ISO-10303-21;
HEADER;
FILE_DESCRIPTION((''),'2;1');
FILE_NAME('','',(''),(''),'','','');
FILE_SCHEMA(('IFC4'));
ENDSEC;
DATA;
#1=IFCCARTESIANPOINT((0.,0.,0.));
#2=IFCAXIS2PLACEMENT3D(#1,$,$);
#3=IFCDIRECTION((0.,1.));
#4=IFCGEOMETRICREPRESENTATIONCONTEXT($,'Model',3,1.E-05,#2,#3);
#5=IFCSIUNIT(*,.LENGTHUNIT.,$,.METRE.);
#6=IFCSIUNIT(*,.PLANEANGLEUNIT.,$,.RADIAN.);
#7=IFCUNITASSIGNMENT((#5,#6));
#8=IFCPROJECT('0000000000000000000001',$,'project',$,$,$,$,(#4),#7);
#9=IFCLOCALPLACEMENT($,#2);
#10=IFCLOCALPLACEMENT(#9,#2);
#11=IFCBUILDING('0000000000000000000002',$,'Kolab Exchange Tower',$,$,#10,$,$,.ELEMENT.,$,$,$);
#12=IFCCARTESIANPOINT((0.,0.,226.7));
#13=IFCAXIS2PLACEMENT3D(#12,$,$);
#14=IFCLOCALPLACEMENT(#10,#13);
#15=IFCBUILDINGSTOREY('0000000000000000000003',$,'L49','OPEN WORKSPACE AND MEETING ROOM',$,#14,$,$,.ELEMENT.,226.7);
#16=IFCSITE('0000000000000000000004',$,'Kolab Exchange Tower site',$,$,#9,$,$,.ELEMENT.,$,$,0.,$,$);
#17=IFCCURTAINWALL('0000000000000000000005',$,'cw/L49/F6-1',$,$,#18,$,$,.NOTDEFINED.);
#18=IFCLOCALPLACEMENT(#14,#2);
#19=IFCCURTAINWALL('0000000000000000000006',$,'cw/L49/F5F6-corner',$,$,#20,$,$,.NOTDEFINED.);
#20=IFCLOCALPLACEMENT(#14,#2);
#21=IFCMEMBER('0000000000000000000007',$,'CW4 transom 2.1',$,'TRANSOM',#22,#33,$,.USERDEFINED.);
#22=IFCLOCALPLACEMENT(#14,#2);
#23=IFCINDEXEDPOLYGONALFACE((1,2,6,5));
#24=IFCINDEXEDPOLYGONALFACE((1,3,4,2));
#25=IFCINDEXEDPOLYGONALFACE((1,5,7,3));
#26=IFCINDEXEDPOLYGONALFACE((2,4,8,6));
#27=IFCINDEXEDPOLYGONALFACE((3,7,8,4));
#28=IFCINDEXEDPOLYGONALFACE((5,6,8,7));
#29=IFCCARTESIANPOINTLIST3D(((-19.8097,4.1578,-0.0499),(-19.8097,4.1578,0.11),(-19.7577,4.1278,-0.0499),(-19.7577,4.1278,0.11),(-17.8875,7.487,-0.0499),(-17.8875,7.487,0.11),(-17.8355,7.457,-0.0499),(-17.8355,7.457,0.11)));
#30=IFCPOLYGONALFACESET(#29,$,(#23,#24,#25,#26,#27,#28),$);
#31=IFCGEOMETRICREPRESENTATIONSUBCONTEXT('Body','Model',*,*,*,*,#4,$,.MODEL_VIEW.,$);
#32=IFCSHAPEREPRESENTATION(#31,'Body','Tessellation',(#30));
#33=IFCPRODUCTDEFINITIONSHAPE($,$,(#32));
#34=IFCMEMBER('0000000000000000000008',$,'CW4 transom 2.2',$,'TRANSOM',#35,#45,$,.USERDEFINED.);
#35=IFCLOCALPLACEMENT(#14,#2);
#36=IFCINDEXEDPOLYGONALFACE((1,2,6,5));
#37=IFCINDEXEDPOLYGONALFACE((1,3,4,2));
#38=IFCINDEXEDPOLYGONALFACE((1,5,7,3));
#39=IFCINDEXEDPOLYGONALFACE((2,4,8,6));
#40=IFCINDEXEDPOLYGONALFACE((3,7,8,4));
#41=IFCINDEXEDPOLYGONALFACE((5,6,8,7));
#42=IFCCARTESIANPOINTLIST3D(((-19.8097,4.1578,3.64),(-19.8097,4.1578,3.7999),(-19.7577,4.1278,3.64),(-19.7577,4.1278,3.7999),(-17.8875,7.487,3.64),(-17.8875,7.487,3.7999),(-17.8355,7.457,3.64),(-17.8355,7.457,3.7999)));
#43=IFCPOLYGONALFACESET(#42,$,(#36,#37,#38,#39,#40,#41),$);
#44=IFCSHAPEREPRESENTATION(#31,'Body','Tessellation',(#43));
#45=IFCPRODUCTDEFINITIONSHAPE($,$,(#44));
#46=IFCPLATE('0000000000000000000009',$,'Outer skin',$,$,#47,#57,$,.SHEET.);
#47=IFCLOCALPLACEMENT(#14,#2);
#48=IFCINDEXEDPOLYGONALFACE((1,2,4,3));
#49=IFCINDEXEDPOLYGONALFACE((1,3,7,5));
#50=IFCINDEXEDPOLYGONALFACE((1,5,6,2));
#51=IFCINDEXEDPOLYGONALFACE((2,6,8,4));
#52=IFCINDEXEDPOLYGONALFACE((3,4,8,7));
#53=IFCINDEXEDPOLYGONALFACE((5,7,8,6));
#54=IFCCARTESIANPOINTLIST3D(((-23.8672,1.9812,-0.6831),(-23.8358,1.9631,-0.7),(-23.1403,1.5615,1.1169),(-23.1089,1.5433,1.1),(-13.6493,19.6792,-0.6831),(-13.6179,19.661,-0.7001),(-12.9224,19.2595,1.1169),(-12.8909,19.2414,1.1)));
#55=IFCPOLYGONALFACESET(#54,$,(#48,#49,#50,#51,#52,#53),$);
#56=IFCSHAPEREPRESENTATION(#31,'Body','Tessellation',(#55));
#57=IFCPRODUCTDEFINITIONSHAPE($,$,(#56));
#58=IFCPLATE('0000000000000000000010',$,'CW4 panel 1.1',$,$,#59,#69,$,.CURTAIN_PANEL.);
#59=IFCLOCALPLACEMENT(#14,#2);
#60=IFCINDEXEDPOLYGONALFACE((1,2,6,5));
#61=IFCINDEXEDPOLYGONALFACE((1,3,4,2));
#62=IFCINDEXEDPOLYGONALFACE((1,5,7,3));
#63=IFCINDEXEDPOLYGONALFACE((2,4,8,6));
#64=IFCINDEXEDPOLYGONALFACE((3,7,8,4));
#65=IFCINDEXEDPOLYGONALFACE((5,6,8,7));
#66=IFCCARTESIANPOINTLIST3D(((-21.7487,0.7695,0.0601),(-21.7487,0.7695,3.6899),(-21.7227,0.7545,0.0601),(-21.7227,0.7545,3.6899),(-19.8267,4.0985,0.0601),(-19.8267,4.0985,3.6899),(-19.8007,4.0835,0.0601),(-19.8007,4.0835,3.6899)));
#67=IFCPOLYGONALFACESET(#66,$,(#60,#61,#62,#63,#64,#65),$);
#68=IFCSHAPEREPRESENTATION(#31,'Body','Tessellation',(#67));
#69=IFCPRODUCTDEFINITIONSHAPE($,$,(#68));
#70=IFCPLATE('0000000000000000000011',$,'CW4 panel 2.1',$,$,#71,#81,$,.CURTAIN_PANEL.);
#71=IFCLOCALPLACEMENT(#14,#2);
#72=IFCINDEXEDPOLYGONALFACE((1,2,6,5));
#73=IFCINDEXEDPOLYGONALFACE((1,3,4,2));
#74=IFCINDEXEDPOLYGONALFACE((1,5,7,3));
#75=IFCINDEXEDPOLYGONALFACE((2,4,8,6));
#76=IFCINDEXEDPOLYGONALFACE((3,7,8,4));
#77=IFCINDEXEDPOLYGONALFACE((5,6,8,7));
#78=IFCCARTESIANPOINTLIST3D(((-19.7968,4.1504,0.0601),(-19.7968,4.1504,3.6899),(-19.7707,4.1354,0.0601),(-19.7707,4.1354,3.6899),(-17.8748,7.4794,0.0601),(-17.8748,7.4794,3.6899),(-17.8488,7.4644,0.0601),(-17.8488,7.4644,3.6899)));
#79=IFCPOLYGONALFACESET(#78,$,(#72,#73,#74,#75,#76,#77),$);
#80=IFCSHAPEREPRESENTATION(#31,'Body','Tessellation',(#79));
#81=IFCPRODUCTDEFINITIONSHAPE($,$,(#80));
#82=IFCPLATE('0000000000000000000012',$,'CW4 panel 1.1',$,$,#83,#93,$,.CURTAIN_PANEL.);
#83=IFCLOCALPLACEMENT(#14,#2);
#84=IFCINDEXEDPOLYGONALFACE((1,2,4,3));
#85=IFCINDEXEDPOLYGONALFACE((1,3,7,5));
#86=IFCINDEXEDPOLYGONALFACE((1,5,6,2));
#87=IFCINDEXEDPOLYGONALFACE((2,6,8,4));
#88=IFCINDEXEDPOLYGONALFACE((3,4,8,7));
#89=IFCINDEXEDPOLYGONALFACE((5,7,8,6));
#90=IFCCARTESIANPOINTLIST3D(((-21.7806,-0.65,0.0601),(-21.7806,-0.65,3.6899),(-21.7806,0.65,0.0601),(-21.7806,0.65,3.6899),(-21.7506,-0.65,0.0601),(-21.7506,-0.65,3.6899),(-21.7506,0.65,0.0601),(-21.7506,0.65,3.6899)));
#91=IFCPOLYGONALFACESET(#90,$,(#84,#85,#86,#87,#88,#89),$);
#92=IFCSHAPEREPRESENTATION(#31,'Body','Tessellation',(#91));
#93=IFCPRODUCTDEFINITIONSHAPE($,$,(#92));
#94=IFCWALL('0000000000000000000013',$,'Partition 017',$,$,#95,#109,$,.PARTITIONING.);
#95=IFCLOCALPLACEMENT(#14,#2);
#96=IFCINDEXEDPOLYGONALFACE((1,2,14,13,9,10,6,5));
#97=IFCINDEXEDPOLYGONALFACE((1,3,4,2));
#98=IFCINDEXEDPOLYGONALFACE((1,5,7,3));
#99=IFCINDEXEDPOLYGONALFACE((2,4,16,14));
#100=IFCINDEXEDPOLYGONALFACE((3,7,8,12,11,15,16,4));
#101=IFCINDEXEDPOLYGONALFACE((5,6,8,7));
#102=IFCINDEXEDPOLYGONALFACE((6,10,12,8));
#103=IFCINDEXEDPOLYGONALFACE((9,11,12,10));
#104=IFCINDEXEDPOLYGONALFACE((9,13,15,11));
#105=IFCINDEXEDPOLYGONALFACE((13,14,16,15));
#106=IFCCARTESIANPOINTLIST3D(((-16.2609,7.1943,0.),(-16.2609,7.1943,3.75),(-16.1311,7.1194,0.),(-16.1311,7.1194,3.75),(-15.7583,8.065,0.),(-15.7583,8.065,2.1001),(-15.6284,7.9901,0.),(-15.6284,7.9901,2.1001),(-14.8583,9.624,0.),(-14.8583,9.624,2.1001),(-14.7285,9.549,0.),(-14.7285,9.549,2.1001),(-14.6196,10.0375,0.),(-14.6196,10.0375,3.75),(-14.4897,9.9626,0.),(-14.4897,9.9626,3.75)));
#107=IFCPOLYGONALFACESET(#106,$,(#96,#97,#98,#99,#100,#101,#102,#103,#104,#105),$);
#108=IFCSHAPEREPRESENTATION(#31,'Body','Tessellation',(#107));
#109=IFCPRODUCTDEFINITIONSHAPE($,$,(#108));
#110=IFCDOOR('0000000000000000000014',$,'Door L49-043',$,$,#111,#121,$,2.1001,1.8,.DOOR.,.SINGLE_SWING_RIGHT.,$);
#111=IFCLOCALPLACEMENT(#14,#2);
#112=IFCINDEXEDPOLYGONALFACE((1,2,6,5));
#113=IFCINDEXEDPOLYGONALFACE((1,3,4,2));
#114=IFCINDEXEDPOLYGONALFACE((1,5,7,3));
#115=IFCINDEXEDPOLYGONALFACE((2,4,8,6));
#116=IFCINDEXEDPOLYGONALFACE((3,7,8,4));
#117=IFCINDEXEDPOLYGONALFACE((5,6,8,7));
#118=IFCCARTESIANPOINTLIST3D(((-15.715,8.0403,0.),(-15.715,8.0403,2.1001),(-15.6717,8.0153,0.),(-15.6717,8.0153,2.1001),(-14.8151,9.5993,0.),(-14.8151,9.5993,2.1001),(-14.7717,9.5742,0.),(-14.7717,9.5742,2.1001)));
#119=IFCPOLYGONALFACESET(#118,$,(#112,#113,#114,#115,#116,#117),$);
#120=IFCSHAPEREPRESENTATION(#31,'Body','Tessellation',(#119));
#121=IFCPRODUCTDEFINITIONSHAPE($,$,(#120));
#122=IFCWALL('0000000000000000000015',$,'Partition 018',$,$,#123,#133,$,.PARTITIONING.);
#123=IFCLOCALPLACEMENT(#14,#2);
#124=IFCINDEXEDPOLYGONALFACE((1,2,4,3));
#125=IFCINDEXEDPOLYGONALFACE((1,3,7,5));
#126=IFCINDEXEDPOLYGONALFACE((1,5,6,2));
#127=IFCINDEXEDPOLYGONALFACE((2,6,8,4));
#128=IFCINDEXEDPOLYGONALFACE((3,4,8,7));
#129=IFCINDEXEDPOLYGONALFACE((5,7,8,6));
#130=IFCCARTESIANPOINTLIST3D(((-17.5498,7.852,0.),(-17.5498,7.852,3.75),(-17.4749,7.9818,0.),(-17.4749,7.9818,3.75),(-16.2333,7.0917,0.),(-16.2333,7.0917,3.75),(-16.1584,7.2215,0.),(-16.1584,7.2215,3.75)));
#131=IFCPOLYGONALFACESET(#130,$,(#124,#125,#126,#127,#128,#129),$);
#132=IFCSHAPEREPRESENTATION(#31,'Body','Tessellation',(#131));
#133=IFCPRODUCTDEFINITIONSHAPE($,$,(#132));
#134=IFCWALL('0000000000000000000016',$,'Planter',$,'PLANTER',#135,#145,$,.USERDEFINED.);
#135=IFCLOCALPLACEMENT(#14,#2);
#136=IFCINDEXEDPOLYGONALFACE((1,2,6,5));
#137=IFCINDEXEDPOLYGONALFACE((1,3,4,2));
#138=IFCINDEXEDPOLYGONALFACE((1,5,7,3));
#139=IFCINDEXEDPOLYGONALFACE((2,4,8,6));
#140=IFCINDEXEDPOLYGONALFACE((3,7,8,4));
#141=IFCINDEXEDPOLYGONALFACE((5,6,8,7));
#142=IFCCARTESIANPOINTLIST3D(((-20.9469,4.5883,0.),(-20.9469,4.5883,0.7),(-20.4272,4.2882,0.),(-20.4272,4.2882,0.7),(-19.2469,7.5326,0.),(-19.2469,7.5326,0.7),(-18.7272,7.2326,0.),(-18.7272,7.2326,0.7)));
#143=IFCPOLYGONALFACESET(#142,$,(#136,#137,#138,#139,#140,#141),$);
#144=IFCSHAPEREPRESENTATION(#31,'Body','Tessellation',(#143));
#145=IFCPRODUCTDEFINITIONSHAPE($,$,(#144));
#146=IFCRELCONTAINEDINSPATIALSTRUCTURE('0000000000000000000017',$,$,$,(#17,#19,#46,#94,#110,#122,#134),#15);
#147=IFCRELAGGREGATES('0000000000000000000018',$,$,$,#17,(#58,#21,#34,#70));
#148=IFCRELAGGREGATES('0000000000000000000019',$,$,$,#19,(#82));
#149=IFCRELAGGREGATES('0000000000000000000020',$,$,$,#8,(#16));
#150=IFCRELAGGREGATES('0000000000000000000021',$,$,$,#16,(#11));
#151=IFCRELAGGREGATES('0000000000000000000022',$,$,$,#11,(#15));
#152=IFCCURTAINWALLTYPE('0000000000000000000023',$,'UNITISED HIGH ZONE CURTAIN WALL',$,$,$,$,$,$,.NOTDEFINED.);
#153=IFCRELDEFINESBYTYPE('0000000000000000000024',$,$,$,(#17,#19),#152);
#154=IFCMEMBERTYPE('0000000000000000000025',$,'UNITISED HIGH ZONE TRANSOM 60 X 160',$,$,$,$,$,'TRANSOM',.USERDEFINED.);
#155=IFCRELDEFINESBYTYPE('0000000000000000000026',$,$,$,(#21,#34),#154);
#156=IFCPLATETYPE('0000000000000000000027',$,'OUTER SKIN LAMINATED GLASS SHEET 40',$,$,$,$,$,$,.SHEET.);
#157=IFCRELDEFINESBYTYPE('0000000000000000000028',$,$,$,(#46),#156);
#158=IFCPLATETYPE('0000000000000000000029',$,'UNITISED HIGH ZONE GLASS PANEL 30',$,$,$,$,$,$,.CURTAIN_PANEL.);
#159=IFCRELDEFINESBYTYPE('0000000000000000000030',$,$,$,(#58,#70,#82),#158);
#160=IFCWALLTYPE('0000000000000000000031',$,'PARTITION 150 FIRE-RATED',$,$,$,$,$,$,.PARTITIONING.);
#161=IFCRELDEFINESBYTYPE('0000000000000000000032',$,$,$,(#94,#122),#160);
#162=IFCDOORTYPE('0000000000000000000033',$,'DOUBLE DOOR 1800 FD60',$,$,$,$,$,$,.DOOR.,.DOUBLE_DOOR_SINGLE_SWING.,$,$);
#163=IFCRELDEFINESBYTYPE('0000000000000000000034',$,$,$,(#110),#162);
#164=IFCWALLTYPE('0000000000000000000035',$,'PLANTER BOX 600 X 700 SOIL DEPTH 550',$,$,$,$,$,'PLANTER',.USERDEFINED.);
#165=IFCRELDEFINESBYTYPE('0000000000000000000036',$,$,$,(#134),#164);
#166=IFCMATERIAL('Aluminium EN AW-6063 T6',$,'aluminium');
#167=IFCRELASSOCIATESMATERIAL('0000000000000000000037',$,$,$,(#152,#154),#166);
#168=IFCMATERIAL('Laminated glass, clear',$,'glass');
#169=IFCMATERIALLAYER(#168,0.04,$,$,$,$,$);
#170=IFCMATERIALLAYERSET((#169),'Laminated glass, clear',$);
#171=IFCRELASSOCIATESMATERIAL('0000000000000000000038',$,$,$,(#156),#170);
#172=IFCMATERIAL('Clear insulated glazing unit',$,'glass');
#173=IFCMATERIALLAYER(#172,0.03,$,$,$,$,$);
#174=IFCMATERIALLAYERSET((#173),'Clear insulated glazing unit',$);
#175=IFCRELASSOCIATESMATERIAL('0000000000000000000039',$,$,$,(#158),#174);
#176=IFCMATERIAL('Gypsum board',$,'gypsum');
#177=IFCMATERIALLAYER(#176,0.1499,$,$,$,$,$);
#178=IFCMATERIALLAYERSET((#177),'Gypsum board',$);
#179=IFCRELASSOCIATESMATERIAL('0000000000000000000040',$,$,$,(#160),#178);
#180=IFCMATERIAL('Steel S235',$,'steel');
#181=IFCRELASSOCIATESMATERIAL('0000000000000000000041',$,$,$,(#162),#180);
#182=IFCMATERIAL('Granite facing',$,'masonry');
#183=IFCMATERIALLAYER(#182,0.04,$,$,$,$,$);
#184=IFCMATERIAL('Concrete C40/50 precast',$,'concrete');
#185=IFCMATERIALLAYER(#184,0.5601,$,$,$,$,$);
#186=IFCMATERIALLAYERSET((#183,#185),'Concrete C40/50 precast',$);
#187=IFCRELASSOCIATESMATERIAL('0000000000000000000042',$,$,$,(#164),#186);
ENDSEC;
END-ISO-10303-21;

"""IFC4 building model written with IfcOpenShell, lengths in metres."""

from ifc_helpers import new_model, si_unit, direction, frame, frame_2d, origin, origin_2d, place, context, subcontext, project, spatial, polyline, rectangle, outline, extrude, material, layer, layer_set, material_profile, profile_set, type_object, element, fill, aggregate, save


model = new_model("IFC4")

# Units and contexts
model_context = context("Model", 3, precision=1e-05, world=origin(), true_north=direction((0.0, 1.0)))
body_context = subcontext(model_context, "Body", "Model", "MODEL_VIEW")
ifc_project = project(units=[si_unit("LENGTHUNIT", "METRE"), si_unit("PLANEANGLEUNIT", "RADIAN")], contexts=[model_context])

# Site, building, storey
site_placement = place(None, origin())
site = spatial("IfcSite", under=ifc_project, at=site_placement, Name="Kolab Exchange Tower site", CompositionType="ELEMENT", RefElevation=0.0)
building_placement = place(site_placement, origin())
building = spatial("IfcBuilding", under=site, at=building_placement, Name="Kolab Exchange Tower", CompositionType="ELEMENT")
storey_placement = place(building_placement, frame((0.0, 0.0, 226.7)))
storey = spatial("IfcBuildingStorey", under=building, at=storey_placement, Name="L49", Description="OPEN WORKSPACE AND MEETING ROOM", CompositionType="ELEMENT", Elevation=226.7)

# Curtain wall
ifc_material_1 = material(Name="Aluminium EN AW-6063 T6", Category="aluminium")
curtain_wall_type = type_object("IfcCurtainWallType", Name="UNITISED HIGH ZONE CURTAIN WALL", PredefinedType="NOTDEFINED", material=ifc_material_1)
curtain_wall_1_placement = place(storey_placement, origin())
curtain_wall_1 = element("IfcCurtainWall", 1, at=curtain_wall_1_placement, inside=storey, type_object=curtain_wall_type, Name="cw/L49/F6-1", PredefinedType="NOTDEFINED")

# Curtain wall
curtain_wall_2_placement = place(storey_placement, origin())
curtain_wall_2 = element("IfcCurtainWall", 2, at=curtain_wall_2_placement, inside=storey, type_object=curtain_wall_type, Name="cw/L49/F5F6-corner", PredefinedType="NOTDEFINED")

# Members
ifc_material_profile_1 = material_profile(ifc_material_1, rectangle(XDim=0.0601, YDim=0.1599, at=origin_2d()), Name="RECT 60X160")
ifc_profile_set_1 = profile_set([ifc_material_profile_1], Name="Aluminium EN AW-6063 T6")
member_type_1 = type_object("IfcMemberType", Name="UNITISED HIGH ZONE TRANSOM 60 X 160", ElementType="TRANSOM", PredefinedType="USERDEFINED", material=ifc_profile_set_1)
member_1_placement = place(storey_placement, frame((-19.7837, 4.1428, 0.03), z_axis=(0.500012, 0.866018, 0.0), x_axis=(-0.866018, 0.500012, 0.0)))
member_1 = element("IfcMember", 3, at=member_1_placement, type_object=member_type_1, Name="CW4 transom 2.1", ObjectType="TRANSOM", PredefinedType="USERDEFINED", context=body_context, shape_type="SweptSolid", body=[
    extrude(rectangle(XDim=0.0601, YDim=0.1599, at=origin_2d()), origin(), (0.0, 0.0, 1.0), 3.8442),
])
member_2_placement = place(storey_placement, frame((-19.7837, 4.1428, 3.72), z_axis=(0.500012, 0.866018, 0.0), x_axis=(-0.866018, 0.500012, 0.0)))
member_2 = element("IfcMember", 4, at=member_2_placement, type_object=member_type_1, Name="CW4 transom 2.2", ObjectType="TRANSOM", PredefinedType="USERDEFINED", context=body_context, shape_type="SweptSolid", body=[
    extrude(rectangle(XDim=0.0601, YDim=0.1599, at=origin_2d()), origin(), (0.0, 0.0, 1.0), 3.8442),
])

# Plates
ifc_material_2 = material(Name="Laminated glass, clear", Category="glass")
ifc_layer_1 = layer(ifc_material_2, 0.04)
ifc_layer_set_1 = layer_set([ifc_layer_1], Name="Laminated glass, clear")
plate_type_1 = type_object("IfcPlateType", Name="OUTER SKIN LAMINATED GLASS SHEET 40", PredefinedType="SHEET", material=ifc_layer_set_1)
plate_1_placement = place(storey_placement, frame((-23.8672, 1.9812, -0.6831), z_axis=(-0.784886, 0.453152, 0.422619), x_axis=(0.499997, 0.866027, -0.000002)))
element("IfcPlate", 5, at=plate_1_placement, inside=storey, type_object=plate_type_1, Name="Outer skin", PredefinedType="SHEET", context=body_context, shape_type="SweptSolid", body=[
    extrude(outline(polyline([(0.0, 0.0), (20.4358, 0.0), (20.4359, -1.9862), (-0.0001, -1.9861), (0.0, 0.0)])), origin(), (0.0, 0.0, -1.0), 0.04),
])
ifc_material_3 = material(Name="Clear insulated glazing unit", Category="glass")
ifc_layer_2 = layer(ifc_material_3, 0.03)
ifc_layer_set_2 = layer_set([ifc_layer_2], Name="Clear insulated glazing unit")
plate_type_2 = type_object("IfcPlateType", Name="UNITISED HIGH ZONE GLASS PANEL 30", PredefinedType="CURTAIN_PANEL", material=ifc_layer_set_2)
plate_2_placement = place(storey_placement, frame((-20.7747, 2.4265, 0.0601), z_axis=(0.0, 0.0, 1.0), x_axis=(0.5, 0.866025, 0.0)))
plate_2 = element("IfcPlate", 6, at=plate_2_placement, type_object=plate_type_2, Name="CW4 panel 1.1", PredefinedType="CURTAIN_PANEL", context=body_context, shape_type="SweptSolid", body=[
    extrude(rectangle(XDim=3.844, YDim=0.03, at=origin_2d()), origin(), (0.0, 0.0, 1.0), 3.6299),
])
plate_3_placement = place(storey_placement, frame((-18.8228, 5.8074, 0.0601), z_axis=(0.0, 0.0, 1.0), x_axis=(0.5, 0.866025, 0.0)))
plate_3 = element("IfcPlate", 7, at=plate_3_placement, type_object=plate_type_2, Name="CW4 panel 2.1", PredefinedType="CURTAIN_PANEL", context=body_context, shape_type="SweptSolid", body=[
    extrude(rectangle(XDim=3.844, YDim=0.03, at=origin_2d()), origin(), (0.0, 0.0, 1.0), 3.6299),
])
aggregate(curtain_wall_1, [plate_2, member_1, member_2, plate_3])
plate_4_placement = place(storey_placement, frame((-21.7656, 0.0, 0.0601), z_axis=(0.0, 0.0, 1.0), x_axis=(0.0, 1.0, 0.0)))
plate_4 = element("IfcPlate", 8, at=plate_4_placement, type_object=plate_type_2, Name="CW4 panel 1.1", PredefinedType="CURTAIN_PANEL", context=body_context, shape_type="SweptSolid", body=[
    extrude(rectangle(XDim=1.3, YDim=0.03, at=origin_2d()), origin(), (0.0, 0.0, 1.0), 3.6299),
])
aggregate(curtain_wall_2, [plate_4])

# Wall, opening, door
ifc_material_4 = material(Name="Gypsum board", Category="gypsum")
ifc_layer_3 = layer(ifc_material_4, 0.1499)
ifc_layer_set_3 = layer_set([ifc_layer_3], Name="Gypsum board")
wall_type_1 = type_object("IfcWallType", Name="PARTITION 150 FIRE-RATED", PredefinedType="PARTITIONING", material=ifc_layer_set_3)
wall_1_placement = place(storey_placement, frame((-16.196, 7.1567, 0.0), z_axis=(0.0, 0.0, 1.0), x_axis=(0.499954, 0.866052, 0.0)))
wall_1 = element("IfcWall", 9, at=wall_1_placement, inside=storey, type_object=wall_type_1, Name="Partition 017", PredefinedType="PARTITIONING", context=body_context, shape_type="SweptSolid", body=[
    extrude(rectangle(XDim=3.283, YDim=0.1499, at=frame_2d((1.6416, 0.0))), origin(), (0.0, 0.0, 1.0), 3.75),
])
opening_1_placement = place(wall_1_placement, frame((1.0056, 0.0, 0.0)))
opening_1 = element("IfcOpeningElement", 10, at=opening_1_placement, cuts=wall_1, PredefinedType="OPENING", context=body_context, shape_type="SweptSolid", body=[
    extrude(rectangle(XDim=1.8, YDim=2.1001, at=frame_2d((0.8999, 1.05))), frame((0.0, 0.085, 0.0), z_axis=(0.0, -1.0, 0.0), x_axis=(1.0, 0.0, 0.0)), (0.0, 0.0, 1.0), 0.1699),
])
ifc_material_5 = material(Name="Steel S235", Category="steel")
door_type_1 = type_object("IfcDoorType", Name="DOUBLE DOOR 1800 FD60", OperationType="DOUBLE_DOOR_SINGLE_SWING", PredefinedType="DOOR", material=ifc_material_5)
door_1_placement = place(opening_1_placement, frame((1.8, 0.0, 0.0), z_axis=(0.0, 0.0, 1.0), x_axis=(-1.0, 0.0, 0.0)))
door_1 = element("IfcDoor", 11, at=door_1_placement, inside=storey, type_object=door_type_1, Name="Door L49-043", OperationType="SINGLE_SWING_RIGHT", OverallHeight=2.1001, OverallWidth=1.8, PredefinedType="DOOR", context=body_context, shape_type="SweptSolid", body=[
    extrude(rectangle(XDim=1.8, YDim=2.1001, at=frame_2d((0.8999, 1.05))), frame((0.0, 0.0249, 0.0), z_axis=(0.0, -1.0, 0.0), x_axis=(1.0, 0.0, 0.0)), (0.0, 0.0, 1.0), 0.05),
])
fill(opening_1, door_1)

# Walls
wall_2_placement = place(storey_placement, frame((-17.5125, 7.917, 0.0), z_axis=(0.0, 0.0, 1.0), x_axis=(0.865961, -0.500112, 0.0)))
element("IfcWall", 12, at=wall_2_placement, inside=storey, type_object=wall_type_1, Name="Partition 018", PredefinedType="PARTITIONING", context=body_context, shape_type="SweptSolid", body=[
    extrude(rectangle(XDim=1.5203, YDim=0.1499, at=frame_2d((0.7603, 0.0))), origin(), (0.0, 0.0, 1.0), 3.75),
])
ifc_material_6 = material(Name="Granite facing", Category="masonry")
ifc_layer_4 = layer(ifc_material_6, 0.04)
ifc_material_7 = material(Name="Concrete C40/50 precast", Category="concrete")
ifc_layer_5 = layer(ifc_material_7, 0.5601)
ifc_layer_set_4 = layer_set([ifc_layer_4, ifc_layer_5], Name="Concrete C40/50 precast")
wall_type_2 = type_object("IfcWallType", Name="PLANTER BOX 600 X 700 SOIL DEPTH 550", ElementType="PLANTER", PredefinedType="USERDEFINED", material=ifc_layer_set_4)
wall_3_placement = place(storey_placement, frame((-20.687, 4.4382, 0.0), z_axis=(0.0, 0.0, 1.0), x_axis=(0.500008, 0.866021, 0.0)))
element("IfcWall", 13, at=wall_3_placement, inside=storey, type_object=wall_type_2, Name="Planter", ObjectType="PLANTER", PredefinedType="USERDEFINED", context=body_context, shape_type="SweptSolid", body=[
    extrude(rectangle(XDim=3.3999, YDim=0.6001, at=frame_2d((1.7, 0.0))), origin(), (0.0, 0.0, 1.0), 0.7),
])

save(model, "model.ifc")
